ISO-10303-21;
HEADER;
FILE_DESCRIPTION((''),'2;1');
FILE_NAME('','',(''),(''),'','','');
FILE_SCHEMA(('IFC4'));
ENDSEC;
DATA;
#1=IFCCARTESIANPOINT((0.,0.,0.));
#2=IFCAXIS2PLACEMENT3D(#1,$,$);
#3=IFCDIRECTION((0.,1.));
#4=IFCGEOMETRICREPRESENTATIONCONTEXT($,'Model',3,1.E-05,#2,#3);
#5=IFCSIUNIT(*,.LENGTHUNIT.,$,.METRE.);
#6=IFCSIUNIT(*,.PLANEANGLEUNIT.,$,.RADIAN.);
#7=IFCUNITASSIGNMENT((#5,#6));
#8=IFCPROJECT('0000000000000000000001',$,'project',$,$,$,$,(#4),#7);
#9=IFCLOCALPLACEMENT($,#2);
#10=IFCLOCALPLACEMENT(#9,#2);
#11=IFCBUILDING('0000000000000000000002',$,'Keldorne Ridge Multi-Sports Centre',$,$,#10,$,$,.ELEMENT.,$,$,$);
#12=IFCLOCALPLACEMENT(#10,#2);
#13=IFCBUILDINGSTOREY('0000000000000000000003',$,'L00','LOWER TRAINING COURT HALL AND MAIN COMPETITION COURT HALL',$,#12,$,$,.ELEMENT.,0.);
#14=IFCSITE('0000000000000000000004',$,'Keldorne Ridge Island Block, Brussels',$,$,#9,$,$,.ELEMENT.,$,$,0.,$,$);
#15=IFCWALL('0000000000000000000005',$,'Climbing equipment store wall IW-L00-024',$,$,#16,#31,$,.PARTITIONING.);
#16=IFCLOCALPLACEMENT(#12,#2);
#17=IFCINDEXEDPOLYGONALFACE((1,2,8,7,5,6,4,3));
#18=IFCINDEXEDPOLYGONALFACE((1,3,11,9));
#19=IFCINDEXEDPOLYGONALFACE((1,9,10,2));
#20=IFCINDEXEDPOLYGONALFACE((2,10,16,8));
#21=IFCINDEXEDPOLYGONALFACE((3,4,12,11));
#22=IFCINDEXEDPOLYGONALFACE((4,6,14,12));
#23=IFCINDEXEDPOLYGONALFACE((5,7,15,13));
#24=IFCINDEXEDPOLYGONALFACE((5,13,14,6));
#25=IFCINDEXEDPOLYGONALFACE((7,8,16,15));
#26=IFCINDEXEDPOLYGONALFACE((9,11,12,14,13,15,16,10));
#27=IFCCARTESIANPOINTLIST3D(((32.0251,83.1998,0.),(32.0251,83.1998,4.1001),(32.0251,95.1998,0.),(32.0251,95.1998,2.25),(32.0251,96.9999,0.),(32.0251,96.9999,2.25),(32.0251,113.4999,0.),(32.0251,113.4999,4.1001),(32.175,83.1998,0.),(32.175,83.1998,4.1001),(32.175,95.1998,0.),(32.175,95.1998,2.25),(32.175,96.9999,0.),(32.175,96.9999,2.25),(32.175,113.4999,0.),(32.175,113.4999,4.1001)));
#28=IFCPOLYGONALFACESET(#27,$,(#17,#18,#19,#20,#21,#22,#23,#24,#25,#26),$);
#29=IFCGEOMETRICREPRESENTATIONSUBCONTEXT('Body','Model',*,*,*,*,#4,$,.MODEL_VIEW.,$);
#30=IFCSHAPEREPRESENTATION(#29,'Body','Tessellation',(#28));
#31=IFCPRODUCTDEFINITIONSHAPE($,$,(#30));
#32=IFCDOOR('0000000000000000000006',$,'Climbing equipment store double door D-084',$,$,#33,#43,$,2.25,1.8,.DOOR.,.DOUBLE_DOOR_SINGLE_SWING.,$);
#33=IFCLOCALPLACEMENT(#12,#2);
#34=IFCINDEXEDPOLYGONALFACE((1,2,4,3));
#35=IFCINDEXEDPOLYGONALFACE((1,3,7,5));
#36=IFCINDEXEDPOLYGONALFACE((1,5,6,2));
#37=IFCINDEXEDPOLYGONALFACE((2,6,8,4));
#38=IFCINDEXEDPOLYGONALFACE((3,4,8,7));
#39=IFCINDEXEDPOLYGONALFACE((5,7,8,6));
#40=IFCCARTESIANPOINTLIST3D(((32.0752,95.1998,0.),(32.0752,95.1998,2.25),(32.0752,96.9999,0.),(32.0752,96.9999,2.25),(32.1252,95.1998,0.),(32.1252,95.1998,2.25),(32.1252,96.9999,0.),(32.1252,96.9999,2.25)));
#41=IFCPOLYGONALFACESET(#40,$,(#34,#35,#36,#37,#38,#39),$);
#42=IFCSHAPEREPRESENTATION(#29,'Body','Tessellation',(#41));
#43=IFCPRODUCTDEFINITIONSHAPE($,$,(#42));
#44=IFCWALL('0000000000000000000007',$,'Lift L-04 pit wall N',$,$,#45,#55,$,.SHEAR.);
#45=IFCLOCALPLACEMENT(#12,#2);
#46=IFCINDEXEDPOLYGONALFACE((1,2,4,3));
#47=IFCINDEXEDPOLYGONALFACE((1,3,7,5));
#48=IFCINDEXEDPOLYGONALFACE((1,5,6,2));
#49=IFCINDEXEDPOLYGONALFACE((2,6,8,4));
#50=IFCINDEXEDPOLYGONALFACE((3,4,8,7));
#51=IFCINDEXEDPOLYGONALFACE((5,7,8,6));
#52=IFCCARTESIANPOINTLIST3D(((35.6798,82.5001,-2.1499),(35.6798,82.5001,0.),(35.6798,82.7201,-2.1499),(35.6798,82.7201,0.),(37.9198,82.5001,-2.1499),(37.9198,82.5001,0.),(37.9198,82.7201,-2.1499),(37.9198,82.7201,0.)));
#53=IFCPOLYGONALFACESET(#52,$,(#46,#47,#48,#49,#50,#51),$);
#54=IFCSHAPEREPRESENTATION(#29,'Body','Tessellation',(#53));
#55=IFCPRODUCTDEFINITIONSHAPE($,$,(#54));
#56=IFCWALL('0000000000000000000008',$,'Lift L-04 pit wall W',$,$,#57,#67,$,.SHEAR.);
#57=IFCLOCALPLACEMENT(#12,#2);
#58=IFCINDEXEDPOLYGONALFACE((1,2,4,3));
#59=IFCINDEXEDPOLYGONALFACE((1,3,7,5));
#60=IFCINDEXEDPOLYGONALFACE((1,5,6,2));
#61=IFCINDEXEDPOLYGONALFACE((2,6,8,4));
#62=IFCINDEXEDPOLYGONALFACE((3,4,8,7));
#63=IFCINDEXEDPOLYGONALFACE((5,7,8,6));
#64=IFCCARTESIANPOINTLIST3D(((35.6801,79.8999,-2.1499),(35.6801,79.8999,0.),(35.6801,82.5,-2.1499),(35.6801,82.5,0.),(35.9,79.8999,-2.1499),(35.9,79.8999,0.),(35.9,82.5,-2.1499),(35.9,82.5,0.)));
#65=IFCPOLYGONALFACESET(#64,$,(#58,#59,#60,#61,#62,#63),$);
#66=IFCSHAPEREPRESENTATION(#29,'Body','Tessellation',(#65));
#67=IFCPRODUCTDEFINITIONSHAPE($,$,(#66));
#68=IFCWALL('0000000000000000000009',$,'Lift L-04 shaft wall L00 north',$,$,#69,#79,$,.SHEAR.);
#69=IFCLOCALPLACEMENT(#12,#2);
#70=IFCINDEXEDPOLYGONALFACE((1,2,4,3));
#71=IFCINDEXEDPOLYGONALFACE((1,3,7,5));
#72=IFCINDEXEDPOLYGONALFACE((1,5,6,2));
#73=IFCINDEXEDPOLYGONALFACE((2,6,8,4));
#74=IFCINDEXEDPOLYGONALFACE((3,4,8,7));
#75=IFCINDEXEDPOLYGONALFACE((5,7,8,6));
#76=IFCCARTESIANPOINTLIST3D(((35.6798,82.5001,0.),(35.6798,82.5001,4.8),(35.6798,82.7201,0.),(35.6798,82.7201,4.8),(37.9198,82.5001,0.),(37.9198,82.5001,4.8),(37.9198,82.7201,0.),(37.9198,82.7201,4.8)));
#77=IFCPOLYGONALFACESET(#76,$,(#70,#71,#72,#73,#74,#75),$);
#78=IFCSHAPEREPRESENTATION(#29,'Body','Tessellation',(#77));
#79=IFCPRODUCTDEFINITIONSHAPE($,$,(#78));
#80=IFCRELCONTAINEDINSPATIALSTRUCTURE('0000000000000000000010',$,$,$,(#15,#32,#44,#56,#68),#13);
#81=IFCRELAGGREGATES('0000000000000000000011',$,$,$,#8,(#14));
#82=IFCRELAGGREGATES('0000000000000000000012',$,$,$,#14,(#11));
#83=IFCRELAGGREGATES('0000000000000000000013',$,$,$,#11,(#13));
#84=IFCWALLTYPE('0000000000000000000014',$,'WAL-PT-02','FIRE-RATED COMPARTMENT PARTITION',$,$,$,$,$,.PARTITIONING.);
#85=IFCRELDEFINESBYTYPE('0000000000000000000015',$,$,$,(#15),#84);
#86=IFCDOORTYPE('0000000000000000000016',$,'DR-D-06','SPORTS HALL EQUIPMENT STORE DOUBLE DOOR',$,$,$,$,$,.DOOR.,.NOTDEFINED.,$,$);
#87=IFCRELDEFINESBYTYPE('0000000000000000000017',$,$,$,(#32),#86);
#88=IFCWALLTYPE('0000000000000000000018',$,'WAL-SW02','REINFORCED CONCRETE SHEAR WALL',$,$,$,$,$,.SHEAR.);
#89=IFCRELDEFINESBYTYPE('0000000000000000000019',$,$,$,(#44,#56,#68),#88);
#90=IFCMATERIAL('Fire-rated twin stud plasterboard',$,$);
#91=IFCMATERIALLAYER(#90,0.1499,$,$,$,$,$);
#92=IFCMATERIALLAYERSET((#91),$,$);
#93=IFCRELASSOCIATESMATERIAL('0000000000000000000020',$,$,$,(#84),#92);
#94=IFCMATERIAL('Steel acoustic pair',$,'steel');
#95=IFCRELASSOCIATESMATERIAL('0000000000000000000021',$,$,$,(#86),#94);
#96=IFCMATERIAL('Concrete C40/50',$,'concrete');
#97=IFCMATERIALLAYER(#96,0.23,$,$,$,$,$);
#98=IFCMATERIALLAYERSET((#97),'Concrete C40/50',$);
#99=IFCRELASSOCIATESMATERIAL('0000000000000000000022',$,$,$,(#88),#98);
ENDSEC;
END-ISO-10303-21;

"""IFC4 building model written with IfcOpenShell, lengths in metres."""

from ifc_helpers import new_model, si_unit, direction, frame, frame_2d, origin, place, context, subcontext, project, spatial, rectangle, extrude, material, layer, layer_set, type_object, element, fill, save


model = new_model("IFC4")

# Units and contexts
model_context = context("Model", 3, precision=1e-05, world=origin(), true_north=direction((0.0, 1.0)))
body_context = subcontext(model_context, "Body", "Model", "MODEL_VIEW")
ifc_project = project(units=[si_unit("LENGTHUNIT", "METRE"), si_unit("PLANEANGLEUNIT", "RADIAN")], contexts=[model_context])

# Site, building, storey
site_placement = place(None, origin())
site = spatial("IfcSite", under=ifc_project, at=site_placement, Name="Keldorne Ridge Island Block, Brussels", CompositionType="ELEMENT", RefElevation=0.0)
building_placement = place(site_placement, origin())
building = spatial("IfcBuilding", under=site, at=building_placement, Name="Keldorne Ridge Multi-Sports Centre", CompositionType="ELEMENT")
storey_placement = place(building_placement, origin())
storey = spatial("IfcBuildingStorey", under=building, at=storey_placement, Name="L00", Description="LOWER TRAINING COURT HALL AND MAIN COMPETITION COURT HALL", CompositionType="ELEMENT", Elevation=0.0)

# Shared definitions
ifc_material_1 = material(Name="Concrete C40/50", Category="concrete")

# Wall, opening, door
ifc_material_2 = material(Name="Fire-rated twin stud plasterboard")
ifc_layer_1 = layer(ifc_material_2, 0.1499)
ifc_layer_set_1 = layer_set([ifc_layer_1])
wall_type_1 = type_object("IfcWallType", Name="WAL-PT-02", Description="FIRE-RATED COMPARTMENT PARTITION", PredefinedType="PARTITIONING", material=ifc_layer_set_1)
wall_1_placement = place(storey_placement, frame((32.1001, 83.2, 0.0), z_axis=(0.0, 0.0, 1.0), x_axis=(0.0, 1.0, 0.0)))
wall_1 = element("IfcWall", 1, at=wall_1_placement, inside=storey, type_object=wall_type_1, Name="Climbing equipment store wall IW-L00-024", PredefinedType="PARTITIONING", context=body_context, shape_type="SweptSolid", body=[
    extrude(rectangle(XDim=30.3, YDim=0.1499, at=frame_2d((15.1499, 0.0))), origin(), (0.0, 0.0, 1.0), 4.1001),
])
opening_1_placement = place(wall_1_placement, frame((12.0, 0.0, 0.0)))
opening_1 = element("IfcOpeningElement", 2, at=opening_1_placement, cuts=wall_1, PredefinedType="OPENING", context=body_context, shape_type="SweptSolid", body=[
    extrude(rectangle(XDim=1.8, YDim=2.25, at=frame_2d((0.8999, 1.125))), frame((0.0, 0.085, 0.0), z_axis=(0.0, -1.0, 0.0), x_axis=(1.0, 0.0, 0.0)), (0.0, 0.0, 1.0), 0.1699),
])
ifc_material_3 = material(Name="Steel acoustic pair", Category="steel")
door_type_1 = type_object("IfcDoorType", Name="DR-D-06", Description="SPORTS HALL EQUIPMENT STORE DOUBLE DOOR", OperationType="NOTDEFINED", PredefinedType="DOOR", material=ifc_material_3)
door_1_placement = place(opening_1_placement, origin())
door_1 = element("IfcDoor", 3, at=door_1_placement, inside=storey, type_object=door_type_1, Name="Climbing equipment store double door D-084", OperationType="DOUBLE_DOOR_SINGLE_SWING", OverallHeight=2.25, OverallWidth=1.8, PredefinedType="DOOR", context=body_context, shape_type="SweptSolid", body=[
    extrude(rectangle(XDim=1.8, YDim=2.25, at=frame_2d((0.8999, 1.125))), frame((0.0, 0.0249, 0.0), z_axis=(0.0, -1.0, 0.0), x_axis=(1.0, 0.0, 0.0)), (0.0, 0.0, 1.0), 0.05),
])
fill(opening_1, door_1)

# Walls
ifc_layer_2 = layer(ifc_material_1, 0.23)
ifc_layer_set_2 = layer_set([ifc_layer_2], Name="Concrete C40/50")
wall_type_2 = type_object("IfcWallType", Name="WAL-SW02", Description="REINFORCED CONCRETE SHEAR WALL", PredefinedType="SHEAR", material=ifc_layer_set_2)
wall_2_placement = place(storey_placement, frame((37.9199, 82.6101, -2.1499), z_axis=(0.0, 0.0, 1.0), x_axis=(-1.0, 0.0, 0.0)))
element("IfcWall", 4, at=wall_2_placement, inside=storey, type_object=wall_type_2, Name="Lift L-04 pit wall N", PredefinedType="SHEAR", context=body_context, shape_type="SweptSolid", body=[
    extrude(rectangle(XDim=2.24, YDim=0.22, at=frame_2d((1.1201, 0.0))), origin(), (0.0, 0.0, 1.0), 2.1499),
])
wall_3_placement = place(storey_placement, frame((35.79, 82.5, -2.1499), z_axis=(0.0, 0.0, 1.0), x_axis=(0.0, -1.0, 0.0)))
element("IfcWall", 5, at=wall_3_placement, inside=storey, type_object=wall_type_2, Name="Lift L-04 pit wall W", PredefinedType="SHEAR", context=body_context, shape_type="SweptSolid", body=[
    extrude(rectangle(XDim=2.6001, YDim=0.22, at=frame_2d((1.3, 0.0))), origin(), (0.0, 0.0, 1.0), 2.1499),
])
wall_4_placement = place(storey_placement, frame((37.9199, 82.6101, 0.0), z_axis=(0.0, 0.0, 1.0), x_axis=(-1.0, 0.0, 0.0)))
element("IfcWall", 6, at=wall_4_placement, inside=storey, type_object=wall_type_2, Name="Lift L-04 shaft wall L00 north", PredefinedType="SHEAR", context=body_context, shape_type="SweptSolid", body=[
    extrude(rectangle(XDim=2.24, YDim=0.22, at=frame_2d((1.1201, 0.0))), origin(), (0.0, 0.0, 1.0), 4.8),
])

save(model, "model.ifc")
